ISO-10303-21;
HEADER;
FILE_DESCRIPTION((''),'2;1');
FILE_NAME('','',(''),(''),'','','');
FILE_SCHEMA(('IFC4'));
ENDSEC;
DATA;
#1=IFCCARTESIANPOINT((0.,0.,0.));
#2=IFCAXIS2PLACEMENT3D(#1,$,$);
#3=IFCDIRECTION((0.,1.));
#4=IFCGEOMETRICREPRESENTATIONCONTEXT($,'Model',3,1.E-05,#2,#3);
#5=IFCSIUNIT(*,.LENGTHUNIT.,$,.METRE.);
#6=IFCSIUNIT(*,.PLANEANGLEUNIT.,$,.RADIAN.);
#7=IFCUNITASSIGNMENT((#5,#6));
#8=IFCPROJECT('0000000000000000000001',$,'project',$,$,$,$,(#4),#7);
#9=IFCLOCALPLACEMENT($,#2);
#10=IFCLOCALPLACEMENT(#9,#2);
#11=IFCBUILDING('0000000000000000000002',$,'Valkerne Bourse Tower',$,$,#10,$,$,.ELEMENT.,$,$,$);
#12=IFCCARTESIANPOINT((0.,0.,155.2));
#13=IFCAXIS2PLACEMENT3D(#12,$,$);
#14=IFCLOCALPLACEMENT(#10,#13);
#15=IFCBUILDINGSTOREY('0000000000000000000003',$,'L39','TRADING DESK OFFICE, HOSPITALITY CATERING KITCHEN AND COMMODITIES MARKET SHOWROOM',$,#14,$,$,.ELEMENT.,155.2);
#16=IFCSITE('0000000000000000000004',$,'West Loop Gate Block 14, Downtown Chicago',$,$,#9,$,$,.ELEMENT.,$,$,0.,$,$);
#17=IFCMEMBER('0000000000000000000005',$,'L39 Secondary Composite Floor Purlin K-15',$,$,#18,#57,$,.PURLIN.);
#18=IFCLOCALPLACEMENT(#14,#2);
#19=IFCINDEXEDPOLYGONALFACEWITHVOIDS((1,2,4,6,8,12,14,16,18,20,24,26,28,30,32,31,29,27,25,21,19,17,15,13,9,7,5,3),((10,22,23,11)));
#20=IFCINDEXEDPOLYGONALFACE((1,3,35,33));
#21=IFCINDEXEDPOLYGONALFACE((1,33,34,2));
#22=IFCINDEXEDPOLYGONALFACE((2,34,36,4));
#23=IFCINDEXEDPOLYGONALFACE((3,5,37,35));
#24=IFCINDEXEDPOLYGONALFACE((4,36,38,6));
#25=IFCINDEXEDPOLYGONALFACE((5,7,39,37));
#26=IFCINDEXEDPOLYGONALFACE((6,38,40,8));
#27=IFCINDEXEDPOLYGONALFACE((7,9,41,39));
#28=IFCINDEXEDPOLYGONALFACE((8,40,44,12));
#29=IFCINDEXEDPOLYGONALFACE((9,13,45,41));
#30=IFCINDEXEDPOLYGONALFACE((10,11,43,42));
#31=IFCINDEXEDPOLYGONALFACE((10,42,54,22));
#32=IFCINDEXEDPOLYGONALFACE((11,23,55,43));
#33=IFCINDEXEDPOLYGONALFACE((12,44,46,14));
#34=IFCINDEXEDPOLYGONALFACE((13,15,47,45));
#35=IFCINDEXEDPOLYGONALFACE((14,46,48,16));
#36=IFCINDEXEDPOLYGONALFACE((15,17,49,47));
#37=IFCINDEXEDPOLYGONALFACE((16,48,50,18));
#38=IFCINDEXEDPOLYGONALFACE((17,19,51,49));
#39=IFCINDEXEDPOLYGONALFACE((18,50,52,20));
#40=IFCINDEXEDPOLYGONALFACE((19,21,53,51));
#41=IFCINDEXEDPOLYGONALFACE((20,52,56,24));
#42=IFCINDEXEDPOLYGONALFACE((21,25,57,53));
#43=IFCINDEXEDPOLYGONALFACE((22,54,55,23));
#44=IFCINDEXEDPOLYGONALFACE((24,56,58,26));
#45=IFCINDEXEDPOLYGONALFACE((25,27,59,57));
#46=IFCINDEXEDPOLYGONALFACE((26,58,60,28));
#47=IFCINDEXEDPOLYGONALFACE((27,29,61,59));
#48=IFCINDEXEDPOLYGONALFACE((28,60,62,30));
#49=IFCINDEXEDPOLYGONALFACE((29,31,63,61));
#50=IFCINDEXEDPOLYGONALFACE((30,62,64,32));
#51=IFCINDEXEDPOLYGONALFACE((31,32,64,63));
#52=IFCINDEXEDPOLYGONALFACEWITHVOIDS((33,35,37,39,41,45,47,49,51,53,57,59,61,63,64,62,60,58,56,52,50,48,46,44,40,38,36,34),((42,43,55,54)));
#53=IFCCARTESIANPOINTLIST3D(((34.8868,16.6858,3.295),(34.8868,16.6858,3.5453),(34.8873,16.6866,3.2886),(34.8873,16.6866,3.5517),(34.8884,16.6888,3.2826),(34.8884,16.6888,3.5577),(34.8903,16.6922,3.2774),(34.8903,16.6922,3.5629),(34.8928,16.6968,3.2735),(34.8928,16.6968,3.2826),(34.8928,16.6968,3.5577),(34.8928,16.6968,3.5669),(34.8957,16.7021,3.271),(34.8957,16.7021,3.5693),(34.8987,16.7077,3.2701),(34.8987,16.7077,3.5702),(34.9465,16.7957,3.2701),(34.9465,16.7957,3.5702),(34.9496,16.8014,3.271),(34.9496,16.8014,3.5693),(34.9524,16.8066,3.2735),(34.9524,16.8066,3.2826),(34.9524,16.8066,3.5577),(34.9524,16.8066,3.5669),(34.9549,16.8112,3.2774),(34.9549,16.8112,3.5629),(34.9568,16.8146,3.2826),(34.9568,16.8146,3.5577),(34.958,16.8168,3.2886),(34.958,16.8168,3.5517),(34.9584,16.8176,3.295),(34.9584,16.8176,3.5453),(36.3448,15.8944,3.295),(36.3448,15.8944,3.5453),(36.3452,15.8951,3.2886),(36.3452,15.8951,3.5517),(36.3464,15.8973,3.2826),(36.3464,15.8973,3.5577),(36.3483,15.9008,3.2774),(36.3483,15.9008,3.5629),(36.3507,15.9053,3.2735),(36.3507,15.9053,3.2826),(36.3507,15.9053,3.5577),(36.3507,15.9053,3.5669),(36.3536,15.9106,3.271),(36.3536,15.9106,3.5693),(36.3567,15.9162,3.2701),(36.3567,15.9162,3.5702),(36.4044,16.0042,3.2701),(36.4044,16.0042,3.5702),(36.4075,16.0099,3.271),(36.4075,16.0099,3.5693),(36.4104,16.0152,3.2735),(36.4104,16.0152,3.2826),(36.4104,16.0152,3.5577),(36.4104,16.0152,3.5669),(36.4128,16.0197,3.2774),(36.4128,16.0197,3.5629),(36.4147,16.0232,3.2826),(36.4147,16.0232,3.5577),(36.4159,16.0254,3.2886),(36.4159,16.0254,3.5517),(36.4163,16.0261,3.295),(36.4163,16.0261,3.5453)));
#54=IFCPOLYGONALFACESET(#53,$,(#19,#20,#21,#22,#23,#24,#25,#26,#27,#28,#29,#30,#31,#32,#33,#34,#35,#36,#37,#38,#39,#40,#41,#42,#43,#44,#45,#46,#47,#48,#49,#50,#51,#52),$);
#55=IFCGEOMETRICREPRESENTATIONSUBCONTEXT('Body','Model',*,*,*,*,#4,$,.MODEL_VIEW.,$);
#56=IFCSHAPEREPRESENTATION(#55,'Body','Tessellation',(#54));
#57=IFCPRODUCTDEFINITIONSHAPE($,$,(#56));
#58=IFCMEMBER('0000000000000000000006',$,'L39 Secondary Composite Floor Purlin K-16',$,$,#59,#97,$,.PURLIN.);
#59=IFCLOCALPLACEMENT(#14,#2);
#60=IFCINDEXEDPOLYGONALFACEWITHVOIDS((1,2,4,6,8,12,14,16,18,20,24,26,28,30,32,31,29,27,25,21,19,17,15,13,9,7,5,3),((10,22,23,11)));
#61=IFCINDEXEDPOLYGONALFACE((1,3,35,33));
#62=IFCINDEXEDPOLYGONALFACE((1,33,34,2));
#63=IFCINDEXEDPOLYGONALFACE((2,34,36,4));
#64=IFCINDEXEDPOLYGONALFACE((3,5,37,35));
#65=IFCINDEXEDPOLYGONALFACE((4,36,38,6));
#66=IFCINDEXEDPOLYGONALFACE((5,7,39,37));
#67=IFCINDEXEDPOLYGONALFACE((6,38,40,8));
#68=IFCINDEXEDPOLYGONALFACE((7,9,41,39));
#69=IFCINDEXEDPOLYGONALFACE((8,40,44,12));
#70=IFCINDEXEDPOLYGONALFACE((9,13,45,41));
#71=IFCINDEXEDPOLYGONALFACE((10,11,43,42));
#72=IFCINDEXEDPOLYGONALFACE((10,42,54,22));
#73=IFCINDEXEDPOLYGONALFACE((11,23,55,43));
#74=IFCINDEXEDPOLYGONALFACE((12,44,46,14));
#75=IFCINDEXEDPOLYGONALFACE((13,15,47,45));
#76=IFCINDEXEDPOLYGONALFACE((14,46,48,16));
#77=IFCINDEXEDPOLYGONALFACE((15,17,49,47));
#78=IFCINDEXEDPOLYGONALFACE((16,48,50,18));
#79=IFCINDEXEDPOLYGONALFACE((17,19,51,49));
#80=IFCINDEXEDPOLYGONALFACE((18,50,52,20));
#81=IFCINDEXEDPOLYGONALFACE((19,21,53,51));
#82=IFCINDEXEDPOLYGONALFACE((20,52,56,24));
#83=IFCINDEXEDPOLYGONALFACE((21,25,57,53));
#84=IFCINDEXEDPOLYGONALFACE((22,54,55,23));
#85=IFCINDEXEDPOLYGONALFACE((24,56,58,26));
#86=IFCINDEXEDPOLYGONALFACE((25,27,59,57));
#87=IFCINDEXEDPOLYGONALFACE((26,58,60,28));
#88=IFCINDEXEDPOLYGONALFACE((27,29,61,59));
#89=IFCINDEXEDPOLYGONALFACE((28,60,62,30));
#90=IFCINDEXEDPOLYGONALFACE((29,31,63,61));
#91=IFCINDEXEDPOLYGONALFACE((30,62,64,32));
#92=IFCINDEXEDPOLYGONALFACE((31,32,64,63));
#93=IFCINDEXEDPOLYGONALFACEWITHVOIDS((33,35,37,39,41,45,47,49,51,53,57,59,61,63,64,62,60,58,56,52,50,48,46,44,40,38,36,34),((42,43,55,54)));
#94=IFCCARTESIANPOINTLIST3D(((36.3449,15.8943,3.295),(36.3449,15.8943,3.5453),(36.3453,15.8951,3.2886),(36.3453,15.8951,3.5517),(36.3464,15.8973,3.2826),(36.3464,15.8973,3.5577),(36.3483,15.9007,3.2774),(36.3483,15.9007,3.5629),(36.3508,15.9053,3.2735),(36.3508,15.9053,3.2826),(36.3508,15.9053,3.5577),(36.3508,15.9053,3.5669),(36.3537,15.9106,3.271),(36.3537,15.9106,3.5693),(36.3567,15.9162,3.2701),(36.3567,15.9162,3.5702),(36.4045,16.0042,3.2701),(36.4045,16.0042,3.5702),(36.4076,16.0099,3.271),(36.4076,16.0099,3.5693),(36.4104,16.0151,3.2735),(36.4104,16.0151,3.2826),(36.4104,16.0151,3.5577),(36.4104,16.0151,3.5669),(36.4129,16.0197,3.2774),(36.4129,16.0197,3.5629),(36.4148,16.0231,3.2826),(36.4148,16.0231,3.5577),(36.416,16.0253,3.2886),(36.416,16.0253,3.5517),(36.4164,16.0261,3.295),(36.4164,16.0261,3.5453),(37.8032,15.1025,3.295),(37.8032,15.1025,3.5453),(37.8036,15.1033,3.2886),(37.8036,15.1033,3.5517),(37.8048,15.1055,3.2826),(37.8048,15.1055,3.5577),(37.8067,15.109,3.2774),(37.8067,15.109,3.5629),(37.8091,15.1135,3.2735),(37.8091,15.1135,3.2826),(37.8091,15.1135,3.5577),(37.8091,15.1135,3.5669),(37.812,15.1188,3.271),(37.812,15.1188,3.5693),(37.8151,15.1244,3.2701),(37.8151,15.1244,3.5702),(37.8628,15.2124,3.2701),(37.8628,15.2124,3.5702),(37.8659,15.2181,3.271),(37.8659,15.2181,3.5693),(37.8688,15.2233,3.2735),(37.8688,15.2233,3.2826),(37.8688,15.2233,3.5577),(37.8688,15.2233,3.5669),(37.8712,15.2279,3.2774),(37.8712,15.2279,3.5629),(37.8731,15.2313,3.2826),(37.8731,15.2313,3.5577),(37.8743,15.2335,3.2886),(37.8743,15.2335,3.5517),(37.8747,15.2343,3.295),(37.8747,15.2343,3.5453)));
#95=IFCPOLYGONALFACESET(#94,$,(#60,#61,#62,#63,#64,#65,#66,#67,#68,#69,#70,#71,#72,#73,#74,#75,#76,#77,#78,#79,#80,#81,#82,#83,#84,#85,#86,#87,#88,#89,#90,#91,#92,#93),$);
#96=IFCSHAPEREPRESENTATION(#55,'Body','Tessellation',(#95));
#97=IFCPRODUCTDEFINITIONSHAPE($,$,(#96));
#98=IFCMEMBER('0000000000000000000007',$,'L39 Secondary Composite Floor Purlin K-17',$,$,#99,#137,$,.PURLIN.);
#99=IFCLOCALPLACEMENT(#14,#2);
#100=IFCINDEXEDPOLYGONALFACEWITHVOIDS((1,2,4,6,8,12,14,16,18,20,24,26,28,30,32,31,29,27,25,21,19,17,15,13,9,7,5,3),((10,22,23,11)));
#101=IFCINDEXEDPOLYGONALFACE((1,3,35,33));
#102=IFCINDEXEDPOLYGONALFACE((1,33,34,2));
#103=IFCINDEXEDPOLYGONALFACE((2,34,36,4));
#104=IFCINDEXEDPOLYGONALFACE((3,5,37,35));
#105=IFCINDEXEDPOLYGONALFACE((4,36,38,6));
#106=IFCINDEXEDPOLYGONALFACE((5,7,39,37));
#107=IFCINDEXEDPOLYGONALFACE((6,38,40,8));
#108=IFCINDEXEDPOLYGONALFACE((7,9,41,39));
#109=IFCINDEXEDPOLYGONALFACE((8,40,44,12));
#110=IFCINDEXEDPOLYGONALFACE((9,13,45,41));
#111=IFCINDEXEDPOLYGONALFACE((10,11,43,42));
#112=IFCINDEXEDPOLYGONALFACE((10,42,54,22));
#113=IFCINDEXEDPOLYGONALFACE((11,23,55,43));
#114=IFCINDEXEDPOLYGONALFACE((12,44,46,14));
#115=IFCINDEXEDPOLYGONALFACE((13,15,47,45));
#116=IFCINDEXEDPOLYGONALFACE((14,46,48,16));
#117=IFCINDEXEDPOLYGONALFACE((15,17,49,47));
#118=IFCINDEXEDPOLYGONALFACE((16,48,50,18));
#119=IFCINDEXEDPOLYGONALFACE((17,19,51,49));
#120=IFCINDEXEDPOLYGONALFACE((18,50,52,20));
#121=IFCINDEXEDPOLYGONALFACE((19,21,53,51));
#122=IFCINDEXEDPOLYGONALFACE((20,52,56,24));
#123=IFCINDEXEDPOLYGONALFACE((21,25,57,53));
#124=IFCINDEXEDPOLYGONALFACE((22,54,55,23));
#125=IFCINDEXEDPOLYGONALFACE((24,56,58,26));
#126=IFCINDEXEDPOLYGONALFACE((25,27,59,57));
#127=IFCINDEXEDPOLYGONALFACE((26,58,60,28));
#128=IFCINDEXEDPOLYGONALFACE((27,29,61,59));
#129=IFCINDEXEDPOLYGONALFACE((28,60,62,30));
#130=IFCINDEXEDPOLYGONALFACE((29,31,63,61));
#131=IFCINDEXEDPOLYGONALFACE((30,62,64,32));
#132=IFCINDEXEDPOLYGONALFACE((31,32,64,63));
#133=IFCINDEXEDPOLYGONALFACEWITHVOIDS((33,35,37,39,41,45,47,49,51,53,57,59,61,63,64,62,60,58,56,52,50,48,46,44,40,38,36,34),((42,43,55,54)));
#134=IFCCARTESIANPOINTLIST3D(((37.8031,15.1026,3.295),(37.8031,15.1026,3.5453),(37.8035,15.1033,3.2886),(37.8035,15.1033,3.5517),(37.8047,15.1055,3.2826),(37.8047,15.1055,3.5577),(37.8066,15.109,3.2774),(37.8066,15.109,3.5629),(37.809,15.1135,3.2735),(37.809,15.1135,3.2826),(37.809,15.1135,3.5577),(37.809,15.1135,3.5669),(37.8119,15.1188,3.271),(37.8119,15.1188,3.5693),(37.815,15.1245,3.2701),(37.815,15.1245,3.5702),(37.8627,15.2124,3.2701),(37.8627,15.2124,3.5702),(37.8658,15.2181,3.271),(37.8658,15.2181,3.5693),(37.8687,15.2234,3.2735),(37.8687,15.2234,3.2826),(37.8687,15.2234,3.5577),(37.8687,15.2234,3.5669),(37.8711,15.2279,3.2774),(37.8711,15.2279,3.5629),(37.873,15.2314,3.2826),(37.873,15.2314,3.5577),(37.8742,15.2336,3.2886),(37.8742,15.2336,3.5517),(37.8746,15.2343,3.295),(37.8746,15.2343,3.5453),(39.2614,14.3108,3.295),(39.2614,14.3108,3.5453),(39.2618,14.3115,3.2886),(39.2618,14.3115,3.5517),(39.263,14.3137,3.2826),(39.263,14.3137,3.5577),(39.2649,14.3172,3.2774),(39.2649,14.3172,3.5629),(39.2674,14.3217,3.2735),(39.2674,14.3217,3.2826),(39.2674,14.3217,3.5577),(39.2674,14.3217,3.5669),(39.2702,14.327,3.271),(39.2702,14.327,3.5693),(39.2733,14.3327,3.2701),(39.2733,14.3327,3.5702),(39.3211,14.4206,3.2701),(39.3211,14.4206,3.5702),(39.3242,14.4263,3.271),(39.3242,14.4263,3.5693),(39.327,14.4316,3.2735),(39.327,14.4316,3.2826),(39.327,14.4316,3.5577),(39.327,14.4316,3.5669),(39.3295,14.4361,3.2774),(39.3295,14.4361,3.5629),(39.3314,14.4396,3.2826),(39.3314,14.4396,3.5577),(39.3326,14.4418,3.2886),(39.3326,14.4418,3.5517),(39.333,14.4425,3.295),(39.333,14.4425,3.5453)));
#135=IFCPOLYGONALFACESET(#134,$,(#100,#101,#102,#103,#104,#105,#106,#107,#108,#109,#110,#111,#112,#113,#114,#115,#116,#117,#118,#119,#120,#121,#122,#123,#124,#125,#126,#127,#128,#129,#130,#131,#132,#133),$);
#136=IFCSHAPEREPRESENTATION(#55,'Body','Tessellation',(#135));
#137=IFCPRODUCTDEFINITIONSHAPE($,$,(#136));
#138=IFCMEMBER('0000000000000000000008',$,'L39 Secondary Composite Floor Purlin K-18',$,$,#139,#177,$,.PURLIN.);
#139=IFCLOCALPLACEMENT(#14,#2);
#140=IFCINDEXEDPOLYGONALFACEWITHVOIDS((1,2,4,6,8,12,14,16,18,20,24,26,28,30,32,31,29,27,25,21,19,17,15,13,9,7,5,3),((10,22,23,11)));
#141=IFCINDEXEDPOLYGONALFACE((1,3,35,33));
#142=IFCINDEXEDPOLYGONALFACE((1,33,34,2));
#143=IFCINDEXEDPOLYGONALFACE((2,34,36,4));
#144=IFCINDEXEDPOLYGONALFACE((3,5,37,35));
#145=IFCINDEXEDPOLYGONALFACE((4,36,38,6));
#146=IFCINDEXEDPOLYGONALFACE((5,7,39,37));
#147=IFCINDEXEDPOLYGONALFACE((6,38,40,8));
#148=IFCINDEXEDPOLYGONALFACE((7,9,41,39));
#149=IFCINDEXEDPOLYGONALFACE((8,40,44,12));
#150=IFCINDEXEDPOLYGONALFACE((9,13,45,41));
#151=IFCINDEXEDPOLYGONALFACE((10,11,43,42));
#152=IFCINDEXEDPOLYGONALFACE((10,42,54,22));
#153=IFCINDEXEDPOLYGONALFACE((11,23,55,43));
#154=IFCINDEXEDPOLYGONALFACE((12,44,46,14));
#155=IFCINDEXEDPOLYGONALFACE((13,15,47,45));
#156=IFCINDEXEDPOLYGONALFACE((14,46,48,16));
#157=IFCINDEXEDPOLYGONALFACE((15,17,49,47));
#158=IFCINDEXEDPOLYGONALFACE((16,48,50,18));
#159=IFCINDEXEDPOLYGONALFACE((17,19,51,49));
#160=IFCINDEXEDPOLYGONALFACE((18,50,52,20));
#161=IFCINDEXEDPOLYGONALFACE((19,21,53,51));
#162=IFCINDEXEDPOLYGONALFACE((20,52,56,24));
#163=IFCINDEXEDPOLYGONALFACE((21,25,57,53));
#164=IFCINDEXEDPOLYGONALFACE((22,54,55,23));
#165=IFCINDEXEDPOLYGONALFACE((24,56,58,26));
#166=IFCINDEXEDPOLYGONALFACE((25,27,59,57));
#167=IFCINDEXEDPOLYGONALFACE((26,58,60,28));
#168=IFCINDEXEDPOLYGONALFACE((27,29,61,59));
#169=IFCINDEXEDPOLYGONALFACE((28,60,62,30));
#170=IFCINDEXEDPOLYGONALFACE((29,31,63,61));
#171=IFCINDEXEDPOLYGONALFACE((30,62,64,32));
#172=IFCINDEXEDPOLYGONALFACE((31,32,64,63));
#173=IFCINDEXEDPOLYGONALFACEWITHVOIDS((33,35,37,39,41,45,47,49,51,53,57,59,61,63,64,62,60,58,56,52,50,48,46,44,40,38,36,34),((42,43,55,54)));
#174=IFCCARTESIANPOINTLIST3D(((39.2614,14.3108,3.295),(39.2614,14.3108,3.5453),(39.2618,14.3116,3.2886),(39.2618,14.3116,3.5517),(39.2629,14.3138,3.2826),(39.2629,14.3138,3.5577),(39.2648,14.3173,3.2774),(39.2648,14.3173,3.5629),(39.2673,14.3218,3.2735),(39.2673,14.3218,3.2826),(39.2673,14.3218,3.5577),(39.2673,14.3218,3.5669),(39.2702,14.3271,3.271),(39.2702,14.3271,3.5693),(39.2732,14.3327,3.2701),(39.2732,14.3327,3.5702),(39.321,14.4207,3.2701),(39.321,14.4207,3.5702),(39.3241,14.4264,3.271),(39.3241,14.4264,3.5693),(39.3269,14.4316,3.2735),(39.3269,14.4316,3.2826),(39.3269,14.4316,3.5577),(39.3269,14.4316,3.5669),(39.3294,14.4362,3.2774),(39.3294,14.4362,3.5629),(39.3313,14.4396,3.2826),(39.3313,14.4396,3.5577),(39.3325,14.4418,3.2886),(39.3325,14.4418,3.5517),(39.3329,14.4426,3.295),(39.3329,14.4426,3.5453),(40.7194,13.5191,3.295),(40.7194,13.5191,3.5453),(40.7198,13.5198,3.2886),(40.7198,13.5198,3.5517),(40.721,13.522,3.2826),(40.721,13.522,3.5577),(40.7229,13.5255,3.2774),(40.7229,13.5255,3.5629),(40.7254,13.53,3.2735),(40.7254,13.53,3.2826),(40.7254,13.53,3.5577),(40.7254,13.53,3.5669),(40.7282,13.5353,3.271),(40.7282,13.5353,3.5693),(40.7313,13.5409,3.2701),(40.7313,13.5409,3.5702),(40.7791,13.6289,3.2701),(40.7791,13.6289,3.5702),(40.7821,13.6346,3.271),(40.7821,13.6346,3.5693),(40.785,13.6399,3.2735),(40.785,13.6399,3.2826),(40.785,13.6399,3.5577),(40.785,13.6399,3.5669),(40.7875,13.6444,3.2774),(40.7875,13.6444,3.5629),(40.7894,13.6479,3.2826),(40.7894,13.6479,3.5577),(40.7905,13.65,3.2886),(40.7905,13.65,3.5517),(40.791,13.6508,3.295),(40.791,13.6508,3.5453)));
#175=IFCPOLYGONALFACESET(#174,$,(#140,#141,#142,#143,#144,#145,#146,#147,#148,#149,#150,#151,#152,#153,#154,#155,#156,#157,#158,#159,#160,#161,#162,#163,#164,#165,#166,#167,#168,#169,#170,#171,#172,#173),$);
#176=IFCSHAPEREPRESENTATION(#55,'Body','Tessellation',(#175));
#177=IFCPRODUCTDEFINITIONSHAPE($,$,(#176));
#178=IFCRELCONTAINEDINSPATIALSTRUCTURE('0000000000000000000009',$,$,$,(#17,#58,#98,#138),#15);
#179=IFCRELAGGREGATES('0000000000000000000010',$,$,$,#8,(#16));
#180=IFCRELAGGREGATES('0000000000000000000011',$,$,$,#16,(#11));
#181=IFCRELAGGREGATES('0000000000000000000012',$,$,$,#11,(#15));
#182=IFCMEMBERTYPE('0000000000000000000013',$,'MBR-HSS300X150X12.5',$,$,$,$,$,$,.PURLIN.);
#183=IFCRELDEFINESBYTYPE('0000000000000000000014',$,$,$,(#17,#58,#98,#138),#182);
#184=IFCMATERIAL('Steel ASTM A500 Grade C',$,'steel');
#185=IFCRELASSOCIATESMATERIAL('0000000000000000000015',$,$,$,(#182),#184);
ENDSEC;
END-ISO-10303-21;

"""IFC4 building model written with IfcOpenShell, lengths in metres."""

from ifc_helpers import new_model, si_unit, direction, frame, origin, origin_2d, place, context, subcontext, project, spatial, hollow_rectangle, extrude, material, material_profile, profile_set, type_object, element, save


model = new_model("IFC4")

# Units and contexts
model_context = context("Model", 3, precision=1e-05, world=origin(), true_north=direction((0.0, 1.0)))
body_context = subcontext(model_context, "Body", "Model", "MODEL_VIEW")
ifc_project = project(units=[si_unit("LENGTHUNIT", "METRE"), si_unit("PLANEANGLEUNIT", "RADIAN")], contexts=[model_context])

# Site, building, storey
site_placement = place(None, origin())
site = spatial("IfcSite", under=ifc_project, at=site_placement, Name="West Loop Gate Block 14, Downtown Chicago", CompositionType="ELEMENT", RefElevation=0.0)
building_placement = place(site_placement, origin())
building = spatial("IfcBuilding", under=site, at=building_placement, Name="Valkerne Bourse Tower", CompositionType="ELEMENT")
storey_placement = place(building_placement, frame((0.0, 0.0, 155.2)))
storey = spatial("IfcBuildingStorey", under=building, at=storey_placement, Name="L39", Description="TRADING DESK OFFICE, HOSPITALITY CATERING KITCHEN AND COMMODITIES MARKET SHOWROOM", CompositionType="ELEMENT", Elevation=155.2)

# Members
ifc_material_1 = material(Name="Steel ASTM A500 Grade C", Category="steel")
ifc_material_profile_1 = material_profile(ifc_material_1, hollow_rectangle(XDim=0.1499, YDim=0.3, WallThickness=0.0125, OuterFilletRadius=0.0249, at=origin_2d()), Name="HSS300X150X12.5")
ifc_profile_set_1 = profile_set([ifc_material_profile_1], Name="Steel ASTM A500 Grade C")
member_type_1 = type_object("IfcMemberType", Name="MBR-HSS300X150X12.5", PredefinedType="PURLIN", material=ifc_profile_set_1)
member_1_placement = place(storey_placement, frame((34.9226, 16.7517, 3.4202), z_axis=(0.87885, -0.477098, 0.0), x_axis=(0.477098, 0.87885, 0.0)))
element("IfcMember", 1, at=member_1_placement, inside=storey, type_object=member_type_1, Name="L39 Secondary Composite Floor Purlin K-15", PredefinedType="PURLIN", context=body_context, shape_type="SweptSolid", body=[
    extrude(hollow_rectangle(XDim=0.1499, YDim=0.3, WallThickness=0.0125, OuterFilletRadius=0.0249, at=origin_2d()), origin(), (0.0, 0.0, 1.0), 1.6589),
])
for number, where, z_axis, x_axis, name in (
    (2, (36.3806, 15.9602, 3.4202), (0.878822, -0.47715, 0.0), (0.47715, 0.878822, 0.0), "L39 Secondary Composite Floor Purlin K-16"),
    (3, (37.8389, 15.1685, 3.4202), (0.878822, -0.47715, 0.0), (0.47715, 0.878822, 0.0), "L39 Secondary Composite Floor Purlin K-17"),
):
    element("IfcMember", number, at=place(storey_placement, frame(where, z_axis=z_axis, x_axis=x_axis)), inside=storey, type_object=member_type_1, Name=name, PredefinedType="PURLIN", context=body_context, shape_type="SweptSolid", body=[
        extrude(hollow_rectangle(XDim=0.1499, YDim=0.3, WallThickness=0.0125, OuterFilletRadius=0.0249, at=origin_2d()), origin(), (0.0, 0.0, 1.0), 1.6594),
    ])
member_2_placement = place(storey_placement, frame((39.2971, 14.3767, 3.4202), z_axis=(0.878788, -0.477212, 0.0), x_axis=(0.477212, 0.878788, 0.0)))
element("IfcMember", 4, at=member_2_placement, inside=storey, type_object=member_type_1, Name="L39 Secondary Composite Floor Purlin K-18", PredefinedType="PURLIN", context=body_context, shape_type="SweptSolid", body=[
    extrude(hollow_rectangle(XDim=0.1499, YDim=0.3, WallThickness=0.0125, OuterFilletRadius=0.0249, at=origin_2d()), origin(), (0.0, 0.0, 1.0), 1.6592),
])

save(model, "model.ifc")
